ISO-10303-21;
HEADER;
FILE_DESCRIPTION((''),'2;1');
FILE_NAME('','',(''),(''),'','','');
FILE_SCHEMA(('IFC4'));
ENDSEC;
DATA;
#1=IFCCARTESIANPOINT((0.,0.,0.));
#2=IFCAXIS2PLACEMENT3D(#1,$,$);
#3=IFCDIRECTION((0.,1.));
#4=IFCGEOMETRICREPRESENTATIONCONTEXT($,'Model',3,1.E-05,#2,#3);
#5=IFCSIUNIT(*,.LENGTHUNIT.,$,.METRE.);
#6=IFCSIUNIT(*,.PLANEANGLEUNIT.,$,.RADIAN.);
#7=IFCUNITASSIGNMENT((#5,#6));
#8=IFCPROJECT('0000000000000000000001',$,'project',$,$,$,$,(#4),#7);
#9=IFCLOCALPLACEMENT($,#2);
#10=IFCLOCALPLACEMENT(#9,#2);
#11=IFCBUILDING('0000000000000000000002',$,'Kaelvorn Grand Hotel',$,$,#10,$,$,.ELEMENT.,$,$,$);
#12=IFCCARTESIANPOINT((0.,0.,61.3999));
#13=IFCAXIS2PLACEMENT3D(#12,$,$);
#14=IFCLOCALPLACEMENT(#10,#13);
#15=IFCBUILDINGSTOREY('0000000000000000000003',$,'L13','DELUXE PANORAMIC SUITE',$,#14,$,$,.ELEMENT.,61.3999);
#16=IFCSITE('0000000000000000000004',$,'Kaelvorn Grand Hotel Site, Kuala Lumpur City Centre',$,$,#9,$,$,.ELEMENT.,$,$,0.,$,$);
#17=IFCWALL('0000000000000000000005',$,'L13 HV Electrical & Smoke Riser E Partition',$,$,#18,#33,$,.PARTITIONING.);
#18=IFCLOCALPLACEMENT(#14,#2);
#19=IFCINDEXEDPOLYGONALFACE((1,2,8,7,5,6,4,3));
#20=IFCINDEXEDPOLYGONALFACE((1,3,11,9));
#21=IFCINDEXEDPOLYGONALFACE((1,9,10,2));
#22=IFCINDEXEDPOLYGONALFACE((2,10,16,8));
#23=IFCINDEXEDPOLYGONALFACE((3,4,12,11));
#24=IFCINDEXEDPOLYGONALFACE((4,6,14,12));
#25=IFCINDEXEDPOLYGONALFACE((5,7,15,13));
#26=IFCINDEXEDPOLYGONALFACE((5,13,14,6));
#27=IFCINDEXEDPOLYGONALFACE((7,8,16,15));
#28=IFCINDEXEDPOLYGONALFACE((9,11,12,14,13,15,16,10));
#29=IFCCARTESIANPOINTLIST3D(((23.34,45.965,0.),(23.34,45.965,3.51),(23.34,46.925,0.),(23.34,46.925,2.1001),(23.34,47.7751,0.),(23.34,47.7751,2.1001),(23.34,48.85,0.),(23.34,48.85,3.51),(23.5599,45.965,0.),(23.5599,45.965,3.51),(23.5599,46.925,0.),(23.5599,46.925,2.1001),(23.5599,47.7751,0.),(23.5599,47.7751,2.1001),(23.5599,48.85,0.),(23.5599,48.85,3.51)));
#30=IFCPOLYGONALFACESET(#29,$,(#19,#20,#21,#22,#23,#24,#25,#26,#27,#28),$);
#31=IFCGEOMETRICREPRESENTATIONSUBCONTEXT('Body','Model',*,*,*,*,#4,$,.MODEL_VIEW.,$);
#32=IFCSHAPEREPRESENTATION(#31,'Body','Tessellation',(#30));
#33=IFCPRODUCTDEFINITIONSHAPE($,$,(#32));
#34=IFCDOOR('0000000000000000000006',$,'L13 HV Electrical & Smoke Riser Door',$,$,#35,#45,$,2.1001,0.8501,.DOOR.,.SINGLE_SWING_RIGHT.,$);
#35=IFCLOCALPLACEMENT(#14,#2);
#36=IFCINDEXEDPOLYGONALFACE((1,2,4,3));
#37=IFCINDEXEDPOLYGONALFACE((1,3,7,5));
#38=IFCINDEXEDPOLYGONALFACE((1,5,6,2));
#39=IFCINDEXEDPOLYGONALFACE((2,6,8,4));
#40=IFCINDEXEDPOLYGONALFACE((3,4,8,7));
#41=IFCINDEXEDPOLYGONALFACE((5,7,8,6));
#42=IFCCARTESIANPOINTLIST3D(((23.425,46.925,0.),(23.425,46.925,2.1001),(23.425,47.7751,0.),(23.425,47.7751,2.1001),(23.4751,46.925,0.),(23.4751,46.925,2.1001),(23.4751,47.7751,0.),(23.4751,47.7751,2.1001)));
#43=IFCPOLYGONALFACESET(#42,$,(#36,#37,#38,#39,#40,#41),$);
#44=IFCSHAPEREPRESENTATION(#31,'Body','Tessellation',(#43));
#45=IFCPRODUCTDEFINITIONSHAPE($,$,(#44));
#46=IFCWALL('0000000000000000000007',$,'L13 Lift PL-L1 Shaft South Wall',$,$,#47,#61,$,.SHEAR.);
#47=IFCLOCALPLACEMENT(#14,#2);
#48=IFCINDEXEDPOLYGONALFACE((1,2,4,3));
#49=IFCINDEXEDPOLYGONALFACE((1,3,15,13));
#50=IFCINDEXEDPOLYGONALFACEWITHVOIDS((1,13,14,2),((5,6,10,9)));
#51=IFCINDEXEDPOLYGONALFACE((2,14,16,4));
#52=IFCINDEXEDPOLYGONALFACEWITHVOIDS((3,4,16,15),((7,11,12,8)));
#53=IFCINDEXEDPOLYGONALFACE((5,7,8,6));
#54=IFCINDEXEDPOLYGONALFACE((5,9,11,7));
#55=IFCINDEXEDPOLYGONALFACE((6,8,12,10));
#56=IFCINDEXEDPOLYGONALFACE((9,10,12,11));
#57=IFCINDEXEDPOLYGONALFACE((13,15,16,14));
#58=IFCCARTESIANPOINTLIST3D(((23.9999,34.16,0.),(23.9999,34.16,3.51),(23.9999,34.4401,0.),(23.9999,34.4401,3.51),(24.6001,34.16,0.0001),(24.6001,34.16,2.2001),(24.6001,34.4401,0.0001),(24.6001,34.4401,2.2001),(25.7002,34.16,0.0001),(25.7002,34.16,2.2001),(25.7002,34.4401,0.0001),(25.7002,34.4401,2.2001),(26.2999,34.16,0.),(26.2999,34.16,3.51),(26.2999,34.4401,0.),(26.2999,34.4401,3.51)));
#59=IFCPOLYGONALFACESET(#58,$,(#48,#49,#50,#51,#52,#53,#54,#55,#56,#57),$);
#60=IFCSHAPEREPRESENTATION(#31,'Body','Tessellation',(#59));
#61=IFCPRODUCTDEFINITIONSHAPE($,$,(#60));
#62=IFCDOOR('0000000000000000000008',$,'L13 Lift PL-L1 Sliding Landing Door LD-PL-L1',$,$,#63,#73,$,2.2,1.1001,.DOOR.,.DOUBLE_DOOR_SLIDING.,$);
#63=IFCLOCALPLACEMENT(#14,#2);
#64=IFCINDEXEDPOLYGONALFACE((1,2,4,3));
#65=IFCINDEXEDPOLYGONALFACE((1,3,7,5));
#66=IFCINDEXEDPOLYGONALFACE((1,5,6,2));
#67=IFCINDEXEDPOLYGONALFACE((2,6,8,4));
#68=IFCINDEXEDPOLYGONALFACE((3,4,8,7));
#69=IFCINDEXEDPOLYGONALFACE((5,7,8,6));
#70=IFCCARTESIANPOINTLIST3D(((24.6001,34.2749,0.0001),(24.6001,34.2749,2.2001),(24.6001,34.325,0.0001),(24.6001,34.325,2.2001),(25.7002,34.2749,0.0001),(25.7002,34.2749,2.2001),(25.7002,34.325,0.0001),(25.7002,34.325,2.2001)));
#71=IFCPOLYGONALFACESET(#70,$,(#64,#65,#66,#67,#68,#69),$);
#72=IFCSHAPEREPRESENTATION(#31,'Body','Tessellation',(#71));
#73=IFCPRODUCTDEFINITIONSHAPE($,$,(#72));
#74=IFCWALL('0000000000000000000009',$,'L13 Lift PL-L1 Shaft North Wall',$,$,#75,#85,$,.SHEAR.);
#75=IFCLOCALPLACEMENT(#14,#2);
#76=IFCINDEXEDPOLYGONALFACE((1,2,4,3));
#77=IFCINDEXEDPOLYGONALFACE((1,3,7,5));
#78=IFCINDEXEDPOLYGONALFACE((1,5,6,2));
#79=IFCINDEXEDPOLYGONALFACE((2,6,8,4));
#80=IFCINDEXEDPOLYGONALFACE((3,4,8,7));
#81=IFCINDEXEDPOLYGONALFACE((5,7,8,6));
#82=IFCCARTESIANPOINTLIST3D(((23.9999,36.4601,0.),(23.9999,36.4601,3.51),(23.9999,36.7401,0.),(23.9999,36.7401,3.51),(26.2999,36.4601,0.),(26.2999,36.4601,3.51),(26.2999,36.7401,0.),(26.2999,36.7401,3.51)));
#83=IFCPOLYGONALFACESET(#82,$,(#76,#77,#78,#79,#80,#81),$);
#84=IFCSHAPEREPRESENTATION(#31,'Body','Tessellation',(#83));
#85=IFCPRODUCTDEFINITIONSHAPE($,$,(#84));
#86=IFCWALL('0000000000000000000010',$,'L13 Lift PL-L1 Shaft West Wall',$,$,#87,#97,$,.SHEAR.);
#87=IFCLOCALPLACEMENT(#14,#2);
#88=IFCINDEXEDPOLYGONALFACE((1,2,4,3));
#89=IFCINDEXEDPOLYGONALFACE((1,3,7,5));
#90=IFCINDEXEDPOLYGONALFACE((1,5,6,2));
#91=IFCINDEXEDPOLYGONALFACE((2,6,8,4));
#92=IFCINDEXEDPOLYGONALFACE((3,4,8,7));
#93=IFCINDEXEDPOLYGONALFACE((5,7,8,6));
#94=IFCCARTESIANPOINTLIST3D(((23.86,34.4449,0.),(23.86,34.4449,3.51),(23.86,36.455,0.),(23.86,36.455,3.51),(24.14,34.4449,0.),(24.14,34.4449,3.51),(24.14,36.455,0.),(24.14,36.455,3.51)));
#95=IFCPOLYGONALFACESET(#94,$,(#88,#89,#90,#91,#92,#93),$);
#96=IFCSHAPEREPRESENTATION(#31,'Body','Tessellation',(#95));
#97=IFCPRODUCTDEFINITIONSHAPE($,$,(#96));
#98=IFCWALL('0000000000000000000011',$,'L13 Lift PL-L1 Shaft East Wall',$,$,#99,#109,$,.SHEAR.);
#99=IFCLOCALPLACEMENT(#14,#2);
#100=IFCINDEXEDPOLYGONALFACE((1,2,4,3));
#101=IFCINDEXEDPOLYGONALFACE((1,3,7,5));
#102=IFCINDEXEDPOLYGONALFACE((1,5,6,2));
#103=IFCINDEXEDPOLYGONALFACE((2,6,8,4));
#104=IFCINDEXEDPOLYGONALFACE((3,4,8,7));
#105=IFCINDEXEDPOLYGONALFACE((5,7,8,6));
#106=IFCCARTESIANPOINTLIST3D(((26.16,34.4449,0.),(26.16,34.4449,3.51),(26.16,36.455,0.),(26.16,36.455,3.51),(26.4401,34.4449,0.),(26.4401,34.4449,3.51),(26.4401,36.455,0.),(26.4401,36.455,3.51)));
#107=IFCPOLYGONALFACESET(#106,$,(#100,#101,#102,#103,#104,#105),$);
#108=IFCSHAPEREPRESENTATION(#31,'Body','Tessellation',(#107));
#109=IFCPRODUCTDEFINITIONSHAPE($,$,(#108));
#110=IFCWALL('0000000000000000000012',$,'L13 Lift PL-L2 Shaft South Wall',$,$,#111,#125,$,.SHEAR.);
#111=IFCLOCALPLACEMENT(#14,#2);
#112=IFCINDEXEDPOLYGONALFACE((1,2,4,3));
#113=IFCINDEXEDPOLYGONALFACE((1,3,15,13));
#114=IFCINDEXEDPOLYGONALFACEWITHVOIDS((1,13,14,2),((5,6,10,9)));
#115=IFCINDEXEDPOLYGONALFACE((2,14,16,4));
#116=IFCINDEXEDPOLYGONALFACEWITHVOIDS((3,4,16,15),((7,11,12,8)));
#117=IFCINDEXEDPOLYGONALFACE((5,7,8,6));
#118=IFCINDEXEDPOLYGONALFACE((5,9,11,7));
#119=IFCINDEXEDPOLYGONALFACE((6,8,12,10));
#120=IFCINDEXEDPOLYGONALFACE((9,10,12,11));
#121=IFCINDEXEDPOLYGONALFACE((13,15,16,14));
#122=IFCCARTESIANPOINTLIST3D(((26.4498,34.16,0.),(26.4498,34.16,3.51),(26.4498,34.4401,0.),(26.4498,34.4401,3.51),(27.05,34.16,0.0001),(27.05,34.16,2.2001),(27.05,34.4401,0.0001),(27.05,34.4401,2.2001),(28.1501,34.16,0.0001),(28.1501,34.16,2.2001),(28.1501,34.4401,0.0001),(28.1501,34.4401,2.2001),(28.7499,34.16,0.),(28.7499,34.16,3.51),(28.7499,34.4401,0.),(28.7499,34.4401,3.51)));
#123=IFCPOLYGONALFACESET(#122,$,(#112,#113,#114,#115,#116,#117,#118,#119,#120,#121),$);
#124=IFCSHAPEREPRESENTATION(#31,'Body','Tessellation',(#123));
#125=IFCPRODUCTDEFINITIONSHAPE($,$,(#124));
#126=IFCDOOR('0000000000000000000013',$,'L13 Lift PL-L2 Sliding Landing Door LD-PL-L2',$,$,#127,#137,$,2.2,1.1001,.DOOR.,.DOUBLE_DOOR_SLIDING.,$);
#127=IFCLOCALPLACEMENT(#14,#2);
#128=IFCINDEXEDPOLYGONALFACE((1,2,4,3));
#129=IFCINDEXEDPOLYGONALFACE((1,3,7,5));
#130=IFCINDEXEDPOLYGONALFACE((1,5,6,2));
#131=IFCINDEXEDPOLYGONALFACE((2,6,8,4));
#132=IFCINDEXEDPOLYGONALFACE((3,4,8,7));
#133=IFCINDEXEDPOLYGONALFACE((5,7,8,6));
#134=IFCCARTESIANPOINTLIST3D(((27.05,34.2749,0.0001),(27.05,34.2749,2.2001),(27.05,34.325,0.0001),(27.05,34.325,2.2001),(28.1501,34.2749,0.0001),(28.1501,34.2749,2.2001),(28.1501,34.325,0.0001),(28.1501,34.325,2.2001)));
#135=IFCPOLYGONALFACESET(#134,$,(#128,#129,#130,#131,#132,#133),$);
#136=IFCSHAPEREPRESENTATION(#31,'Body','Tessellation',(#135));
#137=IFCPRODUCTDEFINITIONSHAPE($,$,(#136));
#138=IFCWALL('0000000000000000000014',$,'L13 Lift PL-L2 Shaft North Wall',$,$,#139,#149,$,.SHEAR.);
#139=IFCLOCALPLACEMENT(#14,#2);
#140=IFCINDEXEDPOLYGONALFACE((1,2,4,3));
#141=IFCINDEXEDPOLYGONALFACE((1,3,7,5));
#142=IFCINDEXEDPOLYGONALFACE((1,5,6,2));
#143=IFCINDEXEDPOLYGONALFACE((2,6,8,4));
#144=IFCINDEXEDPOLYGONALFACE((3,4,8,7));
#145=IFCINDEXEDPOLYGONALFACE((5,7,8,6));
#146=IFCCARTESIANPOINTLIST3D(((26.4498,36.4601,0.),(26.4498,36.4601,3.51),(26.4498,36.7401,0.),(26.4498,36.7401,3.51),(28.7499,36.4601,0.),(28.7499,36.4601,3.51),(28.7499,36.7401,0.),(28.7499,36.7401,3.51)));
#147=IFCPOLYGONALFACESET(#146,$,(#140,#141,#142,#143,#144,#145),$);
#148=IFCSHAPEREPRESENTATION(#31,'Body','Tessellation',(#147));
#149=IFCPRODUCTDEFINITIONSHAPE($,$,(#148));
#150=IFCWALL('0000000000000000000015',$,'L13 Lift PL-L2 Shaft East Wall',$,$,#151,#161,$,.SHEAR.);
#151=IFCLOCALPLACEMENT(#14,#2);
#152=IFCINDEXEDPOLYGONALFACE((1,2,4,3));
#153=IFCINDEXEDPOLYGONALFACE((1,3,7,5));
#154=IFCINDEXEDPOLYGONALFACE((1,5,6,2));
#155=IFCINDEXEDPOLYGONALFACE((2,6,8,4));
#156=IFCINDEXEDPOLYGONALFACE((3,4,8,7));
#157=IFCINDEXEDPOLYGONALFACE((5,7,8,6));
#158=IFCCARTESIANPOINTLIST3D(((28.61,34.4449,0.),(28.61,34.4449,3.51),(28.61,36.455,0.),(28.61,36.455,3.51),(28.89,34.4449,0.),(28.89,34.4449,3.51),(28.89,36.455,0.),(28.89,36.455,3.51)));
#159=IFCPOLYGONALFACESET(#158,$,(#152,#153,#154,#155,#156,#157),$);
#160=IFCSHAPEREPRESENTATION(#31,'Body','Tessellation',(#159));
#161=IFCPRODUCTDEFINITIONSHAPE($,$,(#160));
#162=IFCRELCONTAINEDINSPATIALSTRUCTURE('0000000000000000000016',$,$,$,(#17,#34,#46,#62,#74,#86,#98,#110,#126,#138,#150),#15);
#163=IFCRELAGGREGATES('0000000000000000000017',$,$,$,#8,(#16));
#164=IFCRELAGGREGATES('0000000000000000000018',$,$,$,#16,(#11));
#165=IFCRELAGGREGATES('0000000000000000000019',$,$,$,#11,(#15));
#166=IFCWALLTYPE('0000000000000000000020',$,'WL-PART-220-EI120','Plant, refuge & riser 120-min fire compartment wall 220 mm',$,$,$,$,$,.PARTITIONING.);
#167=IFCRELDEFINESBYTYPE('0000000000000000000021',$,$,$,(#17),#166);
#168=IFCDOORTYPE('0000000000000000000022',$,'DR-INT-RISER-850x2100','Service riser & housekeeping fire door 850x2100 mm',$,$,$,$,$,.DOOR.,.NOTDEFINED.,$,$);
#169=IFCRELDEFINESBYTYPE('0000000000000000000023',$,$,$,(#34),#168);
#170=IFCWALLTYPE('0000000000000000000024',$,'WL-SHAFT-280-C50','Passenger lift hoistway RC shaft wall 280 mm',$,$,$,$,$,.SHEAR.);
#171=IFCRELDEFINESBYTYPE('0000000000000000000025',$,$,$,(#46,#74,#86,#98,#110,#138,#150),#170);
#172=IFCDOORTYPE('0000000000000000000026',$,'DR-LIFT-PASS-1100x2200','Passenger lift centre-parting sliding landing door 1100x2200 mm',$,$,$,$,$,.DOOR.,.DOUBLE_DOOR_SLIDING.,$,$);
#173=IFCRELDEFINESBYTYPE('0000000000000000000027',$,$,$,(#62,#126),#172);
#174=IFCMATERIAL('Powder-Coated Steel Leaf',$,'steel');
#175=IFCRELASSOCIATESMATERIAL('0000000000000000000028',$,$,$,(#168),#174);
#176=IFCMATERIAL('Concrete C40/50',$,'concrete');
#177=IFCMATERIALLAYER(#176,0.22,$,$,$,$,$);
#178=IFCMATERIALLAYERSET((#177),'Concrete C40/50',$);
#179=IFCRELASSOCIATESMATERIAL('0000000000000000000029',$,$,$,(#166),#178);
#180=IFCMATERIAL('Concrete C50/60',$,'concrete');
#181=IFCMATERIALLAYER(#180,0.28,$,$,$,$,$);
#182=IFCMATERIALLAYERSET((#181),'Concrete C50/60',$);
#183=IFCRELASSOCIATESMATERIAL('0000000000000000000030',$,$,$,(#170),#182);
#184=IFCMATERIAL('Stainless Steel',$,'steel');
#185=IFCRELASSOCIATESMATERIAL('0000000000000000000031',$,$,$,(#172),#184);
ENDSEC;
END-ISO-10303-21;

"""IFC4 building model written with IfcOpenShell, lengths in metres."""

from ifc_helpers import new_model, si_unit, direction, frame, frame_2d, origin, place, context, subcontext, project, spatial, rectangle, extrude, material, layer, layer_set, type_object, element, fill, save


model = new_model("IFC4")

# Units and contexts
model_context = context("Model", 3, precision=1e-05, world=origin(), true_north=direction((0.0, 1.0)))
body_context = subcontext(model_context, "Body", "Model", "MODEL_VIEW")
ifc_project = project(units=[si_unit("LENGTHUNIT", "METRE"), si_unit("PLANEANGLEUNIT", "RADIAN")], contexts=[model_context])

# Site, building, storey
site_placement = place(None, origin())
site = spatial("IfcSite", under=ifc_project, at=site_placement, Name="Kaelvorn Grand Hotel Site, Kuala Lumpur City Centre", CompositionType="ELEMENT", RefElevation=0.0)
building_placement = place(site_placement, origin())
building = spatial("IfcBuilding", under=site, at=building_placement, Name="Kaelvorn Grand Hotel", CompositionType="ELEMENT")
storey_placement = place(building_placement, frame((0.0, 0.0, 61.3999)))
storey = spatial("IfcBuildingStorey", under=building, at=storey_placement, Name="L13", Description="DELUXE PANORAMIC SUITE", CompositionType="ELEMENT", Elevation=61.3999)

# Shared definitions
ifc_material_1 = material(Name="Powder-Coated Steel Leaf", Category="steel")
door_type_1 = type_object("IfcDoorType", Name="DR-INT-RISER-850x2100", Description="Service riser & housekeeping fire door 850x2100 mm", OperationType="NOTDEFINED", PredefinedType="DOOR", material=ifc_material_1)

# Shared definitions
ifc_material_2 = material(Name="Concrete C40/50", Category="concrete")
ifc_layer_1 = layer(ifc_material_2, 0.22)
ifc_layer_set_1 = layer_set([ifc_layer_1], Name="Concrete C40/50")
wall_type_1 = type_object("IfcWallType", Name="WL-PART-220-EI120", Description="Plant, refuge & riser 120-min fire compartment wall 220 mm", PredefinedType="PARTITIONING", material=ifc_layer_set_1)

# Walls, openings, doors
wall_1_placement = place(storey_placement, frame((23.45, 45.9651, 0.0), z_axis=(0.0, 0.0, 1.0), x_axis=(0.0, 1.0, 0.0)))
wall_1 = element("IfcWall", 1, at=wall_1_placement, inside=storey, type_object=wall_type_1, Name="L13 HV Electrical & Smoke Riser E Partition", PredefinedType="PARTITIONING", context=body_context, shape_type="SweptSolid", body=[
    extrude(rectangle(XDim=2.885, YDim=0.22, at=frame_2d((1.4424, 0.0))), origin(), (0.0, 0.0, 1.0), 3.51),
])
opening_1_placement = place(wall_1_placement, frame((0.96, 0.0, 0.0)))
opening_1 = element("IfcOpeningElement", 2, at=opening_1_placement, cuts=wall_1, PredefinedType="OPENING", context=body_context, shape_type="SweptSolid", body=[
    extrude(rectangle(XDim=0.8501, YDim=2.1001, at=frame_2d((0.425, 1.05))), frame((0.0, 0.1201, 0.0), z_axis=(0.0, -1.0, 0.0), x_axis=(1.0, 0.0, 0.0)), (0.0, 0.0, 1.0), 0.24),
])
door_1_placement = place(opening_1_placement, origin())
door_1 = element("IfcDoor", 3, at=door_1_placement, inside=storey, type_object=door_type_1, Name="L13 HV Electrical & Smoke Riser Door", OperationType="SINGLE_SWING_RIGHT", OverallHeight=2.1001, OverallWidth=0.8501, PredefinedType="DOOR", context=body_context, shape_type="SweptSolid", body=[
    extrude(rectangle(XDim=0.8501, YDim=2.1001, at=frame_2d((0.425, 1.05))), frame((0.0, 0.0249, 0.0), z_axis=(0.0, -1.0, 0.0), x_axis=(1.0, 0.0, 0.0)), (0.0, 0.0, 1.0), 0.05),
])
fill(opening_1, door_1)
ifc_material_3 = material(Name="Concrete C50/60", Category="concrete")
ifc_layer_2 = layer(ifc_material_3, 0.28)
ifc_layer_set_2 = layer_set([ifc_layer_2], Name="Concrete C50/60")
wall_type_2 = type_object("IfcWallType", Name="WL-SHAFT-280-C50", Description="Passenger lift hoistway RC shaft wall 280 mm", PredefinedType="SHEAR", material=ifc_layer_set_2)
wall_2_placement = place(storey_placement, frame((24.0, 34.3, 0.0), z_axis=(0.0, 0.0, 1.0), x_axis=(1.0, 0.0, 0.0)))
wall_2 = element("IfcWall", 4, at=wall_2_placement, inside=storey, type_object=wall_type_2, Name="L13 Lift PL-L1 Shaft South Wall", PredefinedType="SHEAR", context=body_context, shape_type="SweptSolid", body=[
    extrude(rectangle(XDim=2.3, YDim=0.28, at=frame_2d((1.1499, 0.0))), origin(), (0.0, 0.0, 1.0), 3.51),
])
opening_2_placement = place(wall_2_placement, frame((0.6001, 0.0, 0.0)))
opening_2 = element("IfcOpeningElement", 5, at=opening_2_placement, cuts=wall_2, PredefinedType="OPENING", context=body_context, shape_type="SweptSolid", body=[
    extrude(rectangle(XDim=1.1001, YDim=2.2, at=frame_2d((0.55, 1.1001))), frame((0.0, 0.1499, 0.0), z_axis=(0.0, -1.0, 0.0), x_axis=(1.0, 0.0, 0.0)), (0.0, 0.0, 1.0), 0.3),
])
ifc_material_4 = material(Name="Stainless Steel", Category="steel")
door_type_2 = type_object("IfcDoorType", Name="DR-LIFT-PASS-1100x2200", Description="Passenger lift centre-parting sliding landing door 1100x2200 mm", OperationType="DOUBLE_DOOR_SLIDING", PredefinedType="DOOR", material=ifc_material_4)
door_2_placement = place(opening_2_placement, origin())
door_2 = element("IfcDoor", 6, at=door_2_placement, inside=storey, type_object=door_type_2, Name="L13 Lift PL-L1 Sliding Landing Door LD-PL-L1", OperationType="DOUBLE_DOOR_SLIDING", OverallHeight=2.2, OverallWidth=1.1001, PredefinedType="DOOR", context=body_context, shape_type="SweptSolid", body=[
    extrude(rectangle(XDim=1.1001, YDim=2.2, at=frame_2d((0.55, 1.1001))), frame((0.0, 0.0249, 0.0), z_axis=(0.0, -1.0, 0.0), x_axis=(1.0, 0.0, 0.0)), (0.0, 0.0, 1.0), 0.05),
])
fill(opening_2, door_2)

# Walls
wall_3_placement = place(storey_placement, frame((24.0, 36.6001, 0.0), z_axis=(0.0, 0.0, 1.0), x_axis=(1.0, 0.0, 0.0)))
element("IfcWall", 7, at=wall_3_placement, inside=storey, type_object=wall_type_2, Name="L13 Lift PL-L1 Shaft North Wall", PredefinedType="SHEAR", context=body_context, shape_type="SweptSolid", body=[
    extrude(rectangle(XDim=2.3, YDim=0.28, at=frame_2d((1.1499, 0.0))), origin(), (0.0, 0.0, 1.0), 3.51),
])
for number, where, z_axis, x_axis, name in (
    (8, (24.0, 34.4451, 0.0), (0.0, 0.0, 1.0), (0.0, 1.0, 0.0), "L13 Lift PL-L1 Shaft West Wall"),
    (9, (26.3, 34.4451, 0.0), (0.0, 0.0, 1.0), (0.0, 1.0, 0.0), "L13 Lift PL-L1 Shaft East Wall"),
):
    element("IfcWall", number, at=place(storey_placement, frame(where, z_axis=z_axis, x_axis=x_axis)), inside=storey, type_object=wall_type_2, Name=name, PredefinedType="SHEAR", context=body_context, shape_type="SweptSolid", body=[
        extrude(rectangle(XDim=2.01, YDim=0.28, at=frame_2d((1.0049, 0.0))), origin(), (0.0, 0.0, 1.0), 3.51),
    ])

# Wall, opening, door
wall_4_placement = place(storey_placement, frame((26.45, 34.3, 0.0), z_axis=(0.0, 0.0, 1.0), x_axis=(1.0, 0.0, 0.0)))
wall_4 = element("IfcWall", 10, at=wall_4_placement, inside=storey, type_object=wall_type_2, Name="L13 Lift PL-L2 Shaft South Wall", PredefinedType="SHEAR", context=body_context, shape_type="SweptSolid", body=[
    extrude(rectangle(XDim=2.3, YDim=0.28, at=frame_2d((1.1499, 0.0))), origin(), (0.0, 0.0, 1.0), 3.51),
])
opening_3_placement = place(wall_4_placement, frame((0.6001, 0.0, 0.0)))
opening_3 = element("IfcOpeningElement", 11, at=opening_3_placement, cuts=wall_4, PredefinedType="OPENING", context=body_context, shape_type="SweptSolid", body=[
    extrude(rectangle(XDim=1.1001, YDim=2.2, at=frame_2d((0.55, 1.1001))), frame((0.0, 0.1499, 0.0), z_axis=(0.0, -1.0, 0.0), x_axis=(1.0, 0.0, 0.0)), (0.0, 0.0, 1.0), 0.3),
])
door_3_placement = place(opening_3_placement, origin())
door_3 = element("IfcDoor", 12, at=door_3_placement, inside=storey, type_object=door_type_2, Name="L13 Lift PL-L2 Sliding Landing Door LD-PL-L2", OperationType="DOUBLE_DOOR_SLIDING", OverallHeight=2.2, OverallWidth=1.1001, PredefinedType="DOOR", context=body_context, shape_type="SweptSolid", body=[
    extrude(rectangle(XDim=1.1001, YDim=2.2, at=frame_2d((0.55, 1.1001))), frame((0.0, 0.0249, 0.0), z_axis=(0.0, -1.0, 0.0), x_axis=(1.0, 0.0, 0.0)), (0.0, 0.0, 1.0), 0.05),
])
fill(opening_3, door_3)

# Walls
wall_5_placement = place(storey_placement, frame((26.45, 36.6001, 0.0), z_axis=(0.0, 0.0, 1.0), x_axis=(1.0, 0.0, 0.0)))
element("IfcWall", 13, at=wall_5_placement, inside=storey, type_object=wall_type_2, Name="L13 Lift PL-L2 Shaft North Wall", PredefinedType="SHEAR", context=body_context, shape_type="SweptSolid", body=[
    extrude(rectangle(XDim=2.3, YDim=0.28, at=frame_2d((1.1499, 0.0))), origin(), (0.0, 0.0, 1.0), 3.51),
])
wall_6_placement = place(storey_placement, frame((28.75, 34.4451, 0.0), z_axis=(0.0, 0.0, 1.0), x_axis=(0.0, 1.0, 0.0)))
element("IfcWall", 14, at=wall_6_placement, inside=storey, type_object=wall_type_2, Name="L13 Lift PL-L2 Shaft East Wall", PredefinedType="SHEAR", context=body_context, shape_type="SweptSolid", body=[
    extrude(rectangle(XDim=2.01, YDim=0.28, at=frame_2d((1.0049, 0.0))), origin(), (0.0, 0.0, 1.0), 3.51),
])

save(model, "model.ifc")
